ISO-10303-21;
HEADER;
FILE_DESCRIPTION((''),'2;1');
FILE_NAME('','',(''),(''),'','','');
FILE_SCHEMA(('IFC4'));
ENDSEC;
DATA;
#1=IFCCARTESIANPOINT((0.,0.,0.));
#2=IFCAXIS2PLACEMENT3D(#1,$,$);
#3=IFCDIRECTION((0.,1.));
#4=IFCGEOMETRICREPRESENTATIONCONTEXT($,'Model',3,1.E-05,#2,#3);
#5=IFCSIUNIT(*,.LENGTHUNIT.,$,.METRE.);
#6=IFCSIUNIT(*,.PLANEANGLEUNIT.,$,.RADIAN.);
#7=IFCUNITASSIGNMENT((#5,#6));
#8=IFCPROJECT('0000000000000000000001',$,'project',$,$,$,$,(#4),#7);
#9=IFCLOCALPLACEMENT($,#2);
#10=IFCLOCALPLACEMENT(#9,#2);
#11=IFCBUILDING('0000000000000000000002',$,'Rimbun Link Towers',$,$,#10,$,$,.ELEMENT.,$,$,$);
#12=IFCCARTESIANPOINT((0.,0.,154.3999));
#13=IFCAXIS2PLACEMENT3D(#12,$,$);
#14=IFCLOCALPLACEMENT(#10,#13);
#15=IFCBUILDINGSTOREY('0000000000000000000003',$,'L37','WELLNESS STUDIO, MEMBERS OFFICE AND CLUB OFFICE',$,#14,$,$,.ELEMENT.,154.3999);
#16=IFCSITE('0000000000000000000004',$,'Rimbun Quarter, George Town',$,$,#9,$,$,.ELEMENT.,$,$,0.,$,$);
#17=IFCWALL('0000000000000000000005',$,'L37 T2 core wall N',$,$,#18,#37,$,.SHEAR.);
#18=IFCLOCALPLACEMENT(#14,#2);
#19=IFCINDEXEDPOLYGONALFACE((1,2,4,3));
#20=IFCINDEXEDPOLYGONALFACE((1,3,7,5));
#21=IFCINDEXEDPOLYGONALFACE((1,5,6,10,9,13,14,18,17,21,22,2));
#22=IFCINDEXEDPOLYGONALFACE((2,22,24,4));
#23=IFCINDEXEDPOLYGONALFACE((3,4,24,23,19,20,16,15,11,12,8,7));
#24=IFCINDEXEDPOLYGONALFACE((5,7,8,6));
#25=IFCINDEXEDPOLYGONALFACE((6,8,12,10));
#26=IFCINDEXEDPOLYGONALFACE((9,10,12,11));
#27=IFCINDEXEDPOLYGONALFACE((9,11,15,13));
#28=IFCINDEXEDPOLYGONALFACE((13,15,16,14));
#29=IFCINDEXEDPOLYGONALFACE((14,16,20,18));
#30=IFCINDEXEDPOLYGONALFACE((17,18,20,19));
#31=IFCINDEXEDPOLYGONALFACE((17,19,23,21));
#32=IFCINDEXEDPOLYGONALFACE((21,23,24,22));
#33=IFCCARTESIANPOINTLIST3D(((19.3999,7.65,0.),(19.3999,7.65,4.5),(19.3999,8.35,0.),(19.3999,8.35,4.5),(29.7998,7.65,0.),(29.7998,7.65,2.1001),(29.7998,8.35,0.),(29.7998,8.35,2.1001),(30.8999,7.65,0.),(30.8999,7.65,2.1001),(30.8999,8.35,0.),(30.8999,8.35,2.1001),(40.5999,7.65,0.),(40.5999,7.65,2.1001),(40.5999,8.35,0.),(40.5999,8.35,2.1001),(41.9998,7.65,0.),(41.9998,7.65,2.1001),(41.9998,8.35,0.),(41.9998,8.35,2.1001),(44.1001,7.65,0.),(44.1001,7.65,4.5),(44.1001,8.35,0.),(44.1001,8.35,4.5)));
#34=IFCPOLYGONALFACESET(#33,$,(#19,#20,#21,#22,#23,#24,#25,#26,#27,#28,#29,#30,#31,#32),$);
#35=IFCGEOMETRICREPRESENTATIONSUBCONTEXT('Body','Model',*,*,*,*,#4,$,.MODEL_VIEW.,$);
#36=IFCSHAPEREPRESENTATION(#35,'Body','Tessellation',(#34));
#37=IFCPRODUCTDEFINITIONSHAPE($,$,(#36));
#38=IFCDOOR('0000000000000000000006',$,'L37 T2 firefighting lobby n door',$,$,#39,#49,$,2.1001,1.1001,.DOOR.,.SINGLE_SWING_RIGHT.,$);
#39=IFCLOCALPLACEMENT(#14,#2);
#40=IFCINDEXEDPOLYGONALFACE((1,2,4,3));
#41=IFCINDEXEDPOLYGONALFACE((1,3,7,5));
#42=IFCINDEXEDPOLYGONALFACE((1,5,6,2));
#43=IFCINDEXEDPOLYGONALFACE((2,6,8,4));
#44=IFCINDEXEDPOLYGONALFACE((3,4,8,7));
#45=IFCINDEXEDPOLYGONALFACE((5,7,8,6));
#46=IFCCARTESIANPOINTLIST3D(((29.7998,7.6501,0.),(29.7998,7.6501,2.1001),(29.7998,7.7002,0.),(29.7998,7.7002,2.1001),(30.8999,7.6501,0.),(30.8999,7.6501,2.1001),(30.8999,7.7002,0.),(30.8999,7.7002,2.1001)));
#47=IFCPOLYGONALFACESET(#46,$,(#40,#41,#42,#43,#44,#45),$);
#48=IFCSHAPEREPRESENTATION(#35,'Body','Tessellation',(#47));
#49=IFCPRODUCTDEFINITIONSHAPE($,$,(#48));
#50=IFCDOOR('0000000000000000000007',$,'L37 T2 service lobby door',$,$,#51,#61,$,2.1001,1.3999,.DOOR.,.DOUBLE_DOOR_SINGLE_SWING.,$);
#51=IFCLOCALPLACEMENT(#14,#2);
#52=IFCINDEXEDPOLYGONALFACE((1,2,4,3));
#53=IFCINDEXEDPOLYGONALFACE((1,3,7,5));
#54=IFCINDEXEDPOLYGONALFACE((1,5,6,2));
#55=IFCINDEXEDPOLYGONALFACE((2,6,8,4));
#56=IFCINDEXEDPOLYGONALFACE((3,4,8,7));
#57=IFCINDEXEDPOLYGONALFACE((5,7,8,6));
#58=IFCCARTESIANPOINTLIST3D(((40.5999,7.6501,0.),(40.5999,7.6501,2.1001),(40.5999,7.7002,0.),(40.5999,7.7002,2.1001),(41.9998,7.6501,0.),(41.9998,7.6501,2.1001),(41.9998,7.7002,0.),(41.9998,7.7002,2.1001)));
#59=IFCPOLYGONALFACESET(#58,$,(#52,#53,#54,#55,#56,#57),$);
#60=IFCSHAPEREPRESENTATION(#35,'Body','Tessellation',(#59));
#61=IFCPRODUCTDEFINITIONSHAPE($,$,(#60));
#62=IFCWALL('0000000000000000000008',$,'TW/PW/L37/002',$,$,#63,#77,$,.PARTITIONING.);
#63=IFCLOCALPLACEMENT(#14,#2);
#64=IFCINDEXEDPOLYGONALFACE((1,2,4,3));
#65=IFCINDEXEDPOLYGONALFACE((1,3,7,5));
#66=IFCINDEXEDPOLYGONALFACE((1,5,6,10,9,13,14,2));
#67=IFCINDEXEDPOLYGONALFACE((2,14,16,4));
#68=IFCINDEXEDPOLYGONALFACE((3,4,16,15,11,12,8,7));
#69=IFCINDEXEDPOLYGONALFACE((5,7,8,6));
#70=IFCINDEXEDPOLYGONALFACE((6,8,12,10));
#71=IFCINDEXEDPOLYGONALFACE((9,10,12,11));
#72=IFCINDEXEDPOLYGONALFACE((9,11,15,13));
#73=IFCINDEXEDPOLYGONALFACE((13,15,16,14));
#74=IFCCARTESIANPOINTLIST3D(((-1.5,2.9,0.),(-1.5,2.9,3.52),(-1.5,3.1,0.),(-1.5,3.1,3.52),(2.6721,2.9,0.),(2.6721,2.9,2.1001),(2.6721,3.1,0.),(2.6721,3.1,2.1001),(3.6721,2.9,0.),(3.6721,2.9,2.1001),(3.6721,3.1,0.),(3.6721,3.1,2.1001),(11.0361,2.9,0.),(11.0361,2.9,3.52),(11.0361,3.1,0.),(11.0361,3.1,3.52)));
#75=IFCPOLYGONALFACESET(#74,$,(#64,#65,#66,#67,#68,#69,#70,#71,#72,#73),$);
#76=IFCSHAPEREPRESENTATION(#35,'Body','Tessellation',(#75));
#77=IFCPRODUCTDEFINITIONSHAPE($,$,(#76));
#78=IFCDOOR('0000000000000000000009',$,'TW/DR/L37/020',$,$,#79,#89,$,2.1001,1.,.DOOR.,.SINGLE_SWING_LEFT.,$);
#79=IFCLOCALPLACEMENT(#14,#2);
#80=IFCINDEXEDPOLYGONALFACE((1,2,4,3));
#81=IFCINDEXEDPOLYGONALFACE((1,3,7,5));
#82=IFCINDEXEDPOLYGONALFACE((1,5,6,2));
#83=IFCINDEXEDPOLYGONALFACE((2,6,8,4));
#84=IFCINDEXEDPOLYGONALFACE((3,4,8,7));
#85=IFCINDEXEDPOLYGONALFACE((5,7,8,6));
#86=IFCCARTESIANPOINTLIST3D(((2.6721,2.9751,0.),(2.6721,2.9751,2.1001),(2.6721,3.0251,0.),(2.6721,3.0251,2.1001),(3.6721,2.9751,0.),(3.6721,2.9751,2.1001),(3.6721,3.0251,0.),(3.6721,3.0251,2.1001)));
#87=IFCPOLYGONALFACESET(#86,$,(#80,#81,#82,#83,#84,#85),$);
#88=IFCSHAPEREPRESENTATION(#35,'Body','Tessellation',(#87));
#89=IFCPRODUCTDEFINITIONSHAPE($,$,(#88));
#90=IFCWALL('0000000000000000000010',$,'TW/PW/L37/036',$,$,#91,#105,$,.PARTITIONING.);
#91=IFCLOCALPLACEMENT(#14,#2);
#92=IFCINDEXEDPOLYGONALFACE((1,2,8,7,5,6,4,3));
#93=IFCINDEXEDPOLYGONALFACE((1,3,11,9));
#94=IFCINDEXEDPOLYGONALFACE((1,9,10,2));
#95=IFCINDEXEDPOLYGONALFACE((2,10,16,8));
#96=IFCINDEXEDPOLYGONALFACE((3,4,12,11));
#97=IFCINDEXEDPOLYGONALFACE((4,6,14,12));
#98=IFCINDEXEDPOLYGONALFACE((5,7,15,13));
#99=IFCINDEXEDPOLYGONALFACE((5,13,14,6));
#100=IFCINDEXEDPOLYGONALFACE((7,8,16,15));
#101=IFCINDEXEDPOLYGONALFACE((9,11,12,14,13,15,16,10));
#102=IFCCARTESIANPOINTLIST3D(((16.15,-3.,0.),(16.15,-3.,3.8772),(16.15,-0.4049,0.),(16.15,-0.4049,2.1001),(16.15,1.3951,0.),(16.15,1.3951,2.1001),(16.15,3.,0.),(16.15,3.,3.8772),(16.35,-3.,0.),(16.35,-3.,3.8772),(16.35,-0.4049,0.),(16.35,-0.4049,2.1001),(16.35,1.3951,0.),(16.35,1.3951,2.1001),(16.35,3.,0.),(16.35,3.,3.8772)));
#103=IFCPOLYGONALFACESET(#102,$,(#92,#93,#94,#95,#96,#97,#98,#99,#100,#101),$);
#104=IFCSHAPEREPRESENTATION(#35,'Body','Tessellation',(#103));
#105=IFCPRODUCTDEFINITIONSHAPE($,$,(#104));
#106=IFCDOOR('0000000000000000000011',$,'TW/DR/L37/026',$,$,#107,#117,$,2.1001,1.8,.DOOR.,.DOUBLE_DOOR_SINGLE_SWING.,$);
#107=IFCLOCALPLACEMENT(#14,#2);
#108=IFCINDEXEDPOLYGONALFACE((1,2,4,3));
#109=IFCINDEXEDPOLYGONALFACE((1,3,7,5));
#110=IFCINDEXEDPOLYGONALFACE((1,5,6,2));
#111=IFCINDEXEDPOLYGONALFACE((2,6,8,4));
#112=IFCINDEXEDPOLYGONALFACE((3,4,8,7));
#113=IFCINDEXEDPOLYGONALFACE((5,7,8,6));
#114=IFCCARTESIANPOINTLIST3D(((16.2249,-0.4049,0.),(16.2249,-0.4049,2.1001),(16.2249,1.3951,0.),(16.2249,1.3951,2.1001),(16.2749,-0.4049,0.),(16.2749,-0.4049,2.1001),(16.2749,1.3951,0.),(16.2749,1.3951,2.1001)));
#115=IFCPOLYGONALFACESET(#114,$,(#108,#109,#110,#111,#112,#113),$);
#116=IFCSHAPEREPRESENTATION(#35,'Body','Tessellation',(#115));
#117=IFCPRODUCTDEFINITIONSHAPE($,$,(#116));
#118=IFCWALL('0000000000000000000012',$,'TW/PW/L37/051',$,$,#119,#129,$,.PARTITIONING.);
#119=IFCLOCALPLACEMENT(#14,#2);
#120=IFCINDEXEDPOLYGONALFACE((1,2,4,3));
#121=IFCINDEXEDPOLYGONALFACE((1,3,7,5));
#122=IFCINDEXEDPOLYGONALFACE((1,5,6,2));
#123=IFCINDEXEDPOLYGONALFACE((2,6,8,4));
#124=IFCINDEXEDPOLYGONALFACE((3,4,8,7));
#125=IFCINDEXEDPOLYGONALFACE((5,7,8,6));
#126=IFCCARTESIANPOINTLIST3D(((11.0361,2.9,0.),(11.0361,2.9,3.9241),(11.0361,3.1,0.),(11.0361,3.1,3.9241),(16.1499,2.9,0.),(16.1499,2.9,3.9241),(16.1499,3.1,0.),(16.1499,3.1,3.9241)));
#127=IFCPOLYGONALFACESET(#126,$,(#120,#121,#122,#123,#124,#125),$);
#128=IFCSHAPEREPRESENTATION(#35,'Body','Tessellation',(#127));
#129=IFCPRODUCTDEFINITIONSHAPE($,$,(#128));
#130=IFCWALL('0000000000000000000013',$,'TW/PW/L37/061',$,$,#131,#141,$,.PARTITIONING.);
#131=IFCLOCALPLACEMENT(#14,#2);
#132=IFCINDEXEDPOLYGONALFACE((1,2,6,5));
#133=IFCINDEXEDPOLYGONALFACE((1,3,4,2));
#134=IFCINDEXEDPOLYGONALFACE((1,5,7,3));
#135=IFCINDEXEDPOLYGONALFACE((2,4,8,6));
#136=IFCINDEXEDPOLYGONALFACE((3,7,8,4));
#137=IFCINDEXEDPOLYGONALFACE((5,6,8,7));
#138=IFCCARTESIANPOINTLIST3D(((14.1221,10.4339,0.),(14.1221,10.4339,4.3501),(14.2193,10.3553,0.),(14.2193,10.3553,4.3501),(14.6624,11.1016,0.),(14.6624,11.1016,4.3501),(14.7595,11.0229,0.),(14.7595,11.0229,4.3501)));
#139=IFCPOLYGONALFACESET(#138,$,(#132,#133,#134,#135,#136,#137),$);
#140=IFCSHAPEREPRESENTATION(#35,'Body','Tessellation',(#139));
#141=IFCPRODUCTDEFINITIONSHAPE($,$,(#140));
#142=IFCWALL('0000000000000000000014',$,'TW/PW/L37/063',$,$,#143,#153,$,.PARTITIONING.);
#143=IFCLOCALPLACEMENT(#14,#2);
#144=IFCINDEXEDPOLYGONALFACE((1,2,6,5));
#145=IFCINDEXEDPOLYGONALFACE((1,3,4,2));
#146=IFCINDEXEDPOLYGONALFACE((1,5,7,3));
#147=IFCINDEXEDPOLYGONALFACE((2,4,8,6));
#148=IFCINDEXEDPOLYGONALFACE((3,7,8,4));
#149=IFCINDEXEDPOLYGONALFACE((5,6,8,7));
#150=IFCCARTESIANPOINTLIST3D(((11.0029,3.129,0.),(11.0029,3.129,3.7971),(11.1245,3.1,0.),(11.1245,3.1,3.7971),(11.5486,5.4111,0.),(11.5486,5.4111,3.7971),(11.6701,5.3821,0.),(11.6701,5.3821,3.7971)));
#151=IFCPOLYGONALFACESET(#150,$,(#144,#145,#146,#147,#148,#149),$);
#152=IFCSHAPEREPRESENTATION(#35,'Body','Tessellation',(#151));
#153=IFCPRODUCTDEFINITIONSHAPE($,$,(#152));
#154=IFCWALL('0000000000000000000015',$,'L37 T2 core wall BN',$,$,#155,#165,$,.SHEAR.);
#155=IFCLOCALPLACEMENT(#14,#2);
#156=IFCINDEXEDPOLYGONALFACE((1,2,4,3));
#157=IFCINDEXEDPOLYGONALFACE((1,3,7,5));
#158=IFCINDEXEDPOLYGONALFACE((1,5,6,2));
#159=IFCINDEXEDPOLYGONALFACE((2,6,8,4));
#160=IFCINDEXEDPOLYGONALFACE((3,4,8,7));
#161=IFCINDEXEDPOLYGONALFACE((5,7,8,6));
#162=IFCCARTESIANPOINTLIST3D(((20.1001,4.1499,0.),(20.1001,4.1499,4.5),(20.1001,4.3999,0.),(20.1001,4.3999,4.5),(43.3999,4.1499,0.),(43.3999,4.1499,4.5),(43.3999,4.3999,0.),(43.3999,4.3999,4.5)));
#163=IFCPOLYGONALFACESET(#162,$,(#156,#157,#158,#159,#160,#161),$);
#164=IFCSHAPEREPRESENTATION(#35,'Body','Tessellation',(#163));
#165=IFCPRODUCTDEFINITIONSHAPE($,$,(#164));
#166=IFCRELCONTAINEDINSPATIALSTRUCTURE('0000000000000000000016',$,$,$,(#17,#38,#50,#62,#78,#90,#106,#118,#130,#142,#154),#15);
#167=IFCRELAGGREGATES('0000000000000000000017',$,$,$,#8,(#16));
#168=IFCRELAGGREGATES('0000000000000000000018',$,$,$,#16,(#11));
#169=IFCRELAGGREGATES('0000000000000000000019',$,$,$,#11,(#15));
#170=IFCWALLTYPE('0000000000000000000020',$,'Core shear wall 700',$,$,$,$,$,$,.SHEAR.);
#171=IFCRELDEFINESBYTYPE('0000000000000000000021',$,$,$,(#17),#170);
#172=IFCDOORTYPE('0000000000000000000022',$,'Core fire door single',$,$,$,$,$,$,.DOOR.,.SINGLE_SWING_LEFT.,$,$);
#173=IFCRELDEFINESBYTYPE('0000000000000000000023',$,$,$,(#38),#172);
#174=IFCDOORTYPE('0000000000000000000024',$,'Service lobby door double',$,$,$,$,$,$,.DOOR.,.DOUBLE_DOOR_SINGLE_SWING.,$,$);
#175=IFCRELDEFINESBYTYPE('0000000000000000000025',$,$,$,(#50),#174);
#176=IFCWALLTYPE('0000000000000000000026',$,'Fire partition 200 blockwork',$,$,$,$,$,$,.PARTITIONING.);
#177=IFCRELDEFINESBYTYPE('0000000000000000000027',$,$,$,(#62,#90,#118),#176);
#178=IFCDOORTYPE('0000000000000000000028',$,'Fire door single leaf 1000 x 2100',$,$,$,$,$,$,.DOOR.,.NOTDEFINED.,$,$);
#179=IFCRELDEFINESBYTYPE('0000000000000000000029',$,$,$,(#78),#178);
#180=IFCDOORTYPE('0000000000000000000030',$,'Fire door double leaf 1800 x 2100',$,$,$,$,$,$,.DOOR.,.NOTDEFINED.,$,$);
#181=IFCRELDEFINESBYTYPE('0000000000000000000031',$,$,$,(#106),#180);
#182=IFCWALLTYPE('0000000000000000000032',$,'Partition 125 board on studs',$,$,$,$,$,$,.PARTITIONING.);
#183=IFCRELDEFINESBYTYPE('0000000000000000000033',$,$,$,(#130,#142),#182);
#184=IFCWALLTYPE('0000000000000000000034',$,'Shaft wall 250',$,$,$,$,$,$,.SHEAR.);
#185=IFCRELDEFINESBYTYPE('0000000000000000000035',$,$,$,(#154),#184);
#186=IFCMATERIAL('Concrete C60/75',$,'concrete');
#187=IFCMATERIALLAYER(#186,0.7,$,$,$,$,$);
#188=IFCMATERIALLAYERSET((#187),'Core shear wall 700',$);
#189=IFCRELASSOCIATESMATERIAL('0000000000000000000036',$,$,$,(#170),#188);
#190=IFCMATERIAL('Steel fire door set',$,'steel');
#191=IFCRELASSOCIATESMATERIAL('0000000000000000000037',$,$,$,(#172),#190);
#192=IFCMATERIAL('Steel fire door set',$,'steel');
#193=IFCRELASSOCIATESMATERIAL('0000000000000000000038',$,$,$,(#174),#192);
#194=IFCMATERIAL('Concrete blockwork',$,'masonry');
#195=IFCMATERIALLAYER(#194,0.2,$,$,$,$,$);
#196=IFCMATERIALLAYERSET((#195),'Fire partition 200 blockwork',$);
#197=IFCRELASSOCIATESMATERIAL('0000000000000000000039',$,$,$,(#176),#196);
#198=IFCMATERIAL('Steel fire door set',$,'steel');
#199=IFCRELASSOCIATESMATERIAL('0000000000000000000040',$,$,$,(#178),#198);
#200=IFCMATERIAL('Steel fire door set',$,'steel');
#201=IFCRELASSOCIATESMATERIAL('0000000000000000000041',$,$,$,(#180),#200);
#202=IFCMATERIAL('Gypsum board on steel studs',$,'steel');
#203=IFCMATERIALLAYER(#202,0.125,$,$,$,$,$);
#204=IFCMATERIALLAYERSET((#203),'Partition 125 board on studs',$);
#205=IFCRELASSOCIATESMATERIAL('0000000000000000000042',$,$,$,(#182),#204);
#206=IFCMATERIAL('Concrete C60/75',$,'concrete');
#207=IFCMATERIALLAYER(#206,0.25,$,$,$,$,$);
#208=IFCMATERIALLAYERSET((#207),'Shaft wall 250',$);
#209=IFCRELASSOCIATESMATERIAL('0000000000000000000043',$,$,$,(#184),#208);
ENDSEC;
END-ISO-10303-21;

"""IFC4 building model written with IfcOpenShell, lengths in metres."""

from ifc_helpers import new_model, si_unit, direction, frame, frame_2d, origin, place, context, subcontext, project, spatial, rectangle, extrude, material, layer, layer_set, type_object, element, fill, save


model = new_model("IFC4")

# Units and contexts
model_context = context("Model", 3, precision=1e-05, world=origin(), true_north=direction((0.0, 1.0)))
body_context = subcontext(model_context, "Body", "Model", "MODEL_VIEW")
ifc_project = project(units=[si_unit("LENGTHUNIT", "METRE"), si_unit("PLANEANGLEUNIT", "RADIAN")], contexts=[model_context])

# Site, building, storey
site_placement = place(None, origin())
site = spatial("IfcSite", under=ifc_project, at=site_placement, Name="Rimbun Quarter, George Town", CompositionType="ELEMENT", RefElevation=0.0)
building_placement = place(site_placement, origin())
building = spatial("IfcBuilding", under=site, at=building_placement, Name="Rimbun Link Towers", CompositionType="ELEMENT")
storey_placement = place(building_placement, frame((0.0, 0.0, 154.3999)))
storey = spatial("IfcBuildingStorey", under=building, at=storey_placement, Name="L37", Description="WELLNESS STUDIO, MEMBERS OFFICE AND CLUB OFFICE", CompositionType="ELEMENT", Elevation=154.3999)

# Wall, openings, doors
ifc_material_1 = material(Name="Concrete C60/75", Category="concrete")
ifc_layer_1 = layer(ifc_material_1, 0.7)
ifc_layer_set_1 = layer_set([ifc_layer_1], Name="Core shear wall 700")
wall_type_1 = type_object("IfcWallType", Name="Core shear wall 700", PredefinedType="SHEAR", material=ifc_layer_set_1)
wall_1_placement = place(storey_placement, frame((19.3999, 8.0, 0.0), z_axis=(0.0, 0.0, 1.0), x_axis=(1.0, 0.0, 0.0)))
wall_1 = element("IfcWall", 1, at=wall_1_placement, inside=storey, type_object=wall_type_1, Name="L37 T2 core wall N", PredefinedType="SHEAR", context=body_context, shape_type="SweptSolid", body=[
    extrude(rectangle(XDim=24.7002, YDim=0.7, at=frame_2d((12.3501, 0.0))), origin(), (0.0, 0.0, 1.0), 4.5),
])
opening_1_placement = place(wall_1_placement, frame((10.3999, 0.0, 0.0)))
opening_1 = element("IfcOpeningElement", 2, at=opening_1_placement, cuts=wall_1, PredefinedType="OPENING", context=body_context, shape_type="SweptSolid", body=[
    extrude(rectangle(XDim=1.1001, YDim=2.1001, at=frame_2d((0.55, 1.05))), frame((0.0, 0.3599, 0.0), z_axis=(0.0, -1.0, 0.0), x_axis=(1.0, 0.0, 0.0)), (0.0, 0.0, 1.0), 0.72),
])
opening_2_placement = place(wall_1_placement, frame((21.2, 0.0, 0.0)))
opening_2 = element("IfcOpeningElement", 3, at=opening_2_placement, cuts=wall_1, PredefinedType="OPENING", context=body_context, shape_type="SweptSolid", body=[
    extrude(rectangle(XDim=1.3999, YDim=2.1001, at=frame_2d((0.7, 1.05))), frame((0.0, 0.3599, 0.0), z_axis=(0.0, -1.0, 0.0), x_axis=(1.0, 0.0, 0.0)), (0.0, 0.0, 1.0), 0.72),
])
ifc_material_2 = material(Name="Steel fire door set", Category="steel")
door_type_1 = type_object("IfcDoorType", Name="Core fire door single", OperationType="SINGLE_SWING_LEFT", PredefinedType="DOOR", material=ifc_material_2)
door_1_placement = place(opening_1_placement, origin())
door_1 = element("IfcDoor", 4, at=door_1_placement, inside=storey, type_object=door_type_1, Name="L37 T2 firefighting lobby n door", OperationType="SINGLE_SWING_RIGHT", OverallHeight=2.1001, OverallWidth=1.1001, PredefinedType="DOOR", context=body_context, shape_type="SweptSolid", body=[
    extrude(rectangle(XDim=1.1001, YDim=2.1001, at=frame_2d((0.55, 1.05))), frame((0.0, -0.2998, 0.0), z_axis=(0.0, -1.0, 0.0), x_axis=(1.0, 0.0, 0.0)), (0.0, 0.0, 1.0), 0.05),
])
fill(opening_1, door_1)
ifc_material_3 = material(Name="Steel fire door set", Category="steel")
door_type_2 = type_object("IfcDoorType", Name="Service lobby door double", OperationType="DOUBLE_DOOR_SINGLE_SWING", PredefinedType="DOOR", material=ifc_material_3)
door_2_placement = place(opening_2_placement, origin())
door_2 = element("IfcDoor", 5, at=door_2_placement, inside=storey, type_object=door_type_2, Name="L37 T2 service lobby door", OperationType="DOUBLE_DOOR_SINGLE_SWING", OverallHeight=2.1001, OverallWidth=1.3999, PredefinedType="DOOR", context=body_context, shape_type="SweptSolid", body=[
    extrude(rectangle(XDim=1.3999, YDim=2.1001, at=frame_2d((0.7, 1.05))), frame((0.0, -0.2998, 0.0), z_axis=(0.0, -1.0, 0.0), x_axis=(1.0, 0.0, 0.0)), (0.0, 0.0, 1.0), 0.05),
])
fill(opening_2, door_2)

# Walls, openings, doors
ifc_material_4 = material(Name="Concrete blockwork", Category="masonry")
ifc_layer_2 = layer(ifc_material_4, 0.2)
ifc_layer_set_2 = layer_set([ifc_layer_2], Name="Fire partition 200 blockwork")
wall_type_2 = type_object("IfcWallType", Name="Fire partition 200 blockwork", PredefinedType="PARTITIONING", material=ifc_layer_set_2)
wall_2_placement = place(storey_placement, frame((11.0361, 3.0, 0.0), z_axis=(0.0, 0.0, 1.0), x_axis=(-1.0, 0.0, 0.0)))
wall_2 = element("IfcWall", 6, at=wall_2_placement, inside=storey, type_object=wall_type_2, Name="TW/PW/L37/002", PredefinedType="PARTITIONING", context=body_context, shape_type="SweptSolid", body=[
    extrude(rectangle(XDim=12.5361, YDim=0.2, at=frame_2d((6.2681, 0.0))), origin(), (0.0, 0.0, 1.0), 3.52),
])
opening_3_placement = place(wall_2_placement, frame((7.364, 0.0, 0.0)))
opening_3 = element("IfcOpeningElement", 7, at=opening_3_placement, cuts=wall_2, PredefinedType="OPENING", context=body_context, shape_type="SweptSolid", body=[
    extrude(rectangle(XDim=1.0, YDim=2.1001, at=frame_2d((0.5, 1.05))), frame((0.0, 0.1099, 0.0), z_axis=(0.0, -1.0, 0.0), x_axis=(1.0, 0.0, 0.0)), (0.0, 0.0, 1.0), 0.22),
])
ifc_material_5 = material(Name="Steel fire door set", Category="steel")
door_type_3 = type_object("IfcDoorType", Name="Fire door single leaf 1000 x 2100", OperationType="NOTDEFINED", PredefinedType="DOOR", material=ifc_material_5)
door_3_placement = place(opening_3_placement, origin())
door_3 = element("IfcDoor", 8, at=door_3_placement, inside=storey, type_object=door_type_3, Name="TW/DR/L37/020", OperationType="SINGLE_SWING_LEFT", OverallHeight=2.1001, OverallWidth=1.0, PredefinedType="DOOR", context=body_context, shape_type="SweptSolid", body=[
    extrude(rectangle(XDim=1.0, YDim=2.1001, at=frame_2d((0.5, 1.05))), frame((0.0, 0.0249, 0.0), z_axis=(0.0, -1.0, 0.0), x_axis=(1.0, 0.0, 0.0)), (0.0, 0.0, 1.0), 0.05),
])
fill(opening_3, door_3)
wall_3_placement = place(storey_placement, frame((16.25, 3.0, 0.0), z_axis=(0.0, 0.0, 1.0), x_axis=(0.0, -1.0, 0.0)))
wall_3 = element("IfcWall", 9, at=wall_3_placement, inside=storey, type_object=wall_type_2, Name="TW/PW/L37/036", PredefinedType="PARTITIONING", context=body_context, shape_type="SweptSolid", body=[
    extrude(rectangle(XDim=6.0, YDim=0.2, at=frame_2d((3.0, 0.0))), origin(), (0.0, 0.0, 1.0), 3.8772),
])
opening_4_placement = place(wall_3_placement, frame((1.605, 0.0, 0.0)))
opening_4 = element("IfcOpeningElement", 10, at=opening_4_placement, cuts=wall_3, PredefinedType="OPENING", context=body_context, shape_type="SweptSolid", body=[
    extrude(rectangle(XDim=1.8, YDim=2.1001, at=frame_2d((0.8999, 1.05))), frame((0.0, 0.1099, 0.0), z_axis=(0.0, -1.0, 0.0), x_axis=(1.0, 0.0, 0.0)), (0.0, 0.0, 1.0), 0.22),
])
ifc_material_6 = material(Name="Steel fire door set", Category="steel")
door_type_4 = type_object("IfcDoorType", Name="Fire door double leaf 1800 x 2100", OperationType="NOTDEFINED", PredefinedType="DOOR", material=ifc_material_6)
door_4_placement = place(opening_4_placement, origin())
door_4 = element("IfcDoor", 11, at=door_4_placement, inside=storey, type_object=door_type_4, Name="TW/DR/L37/026", OperationType="DOUBLE_DOOR_SINGLE_SWING", OverallHeight=2.1001, OverallWidth=1.8, PredefinedType="DOOR", context=body_context, shape_type="SweptSolid", body=[
    extrude(rectangle(XDim=1.8, YDim=2.1001, at=frame_2d((0.8999, 1.05))), frame((0.0, 0.0249, 0.0), z_axis=(0.0, -1.0, 0.0), x_axis=(1.0, 0.0, 0.0)), (0.0, 0.0, 1.0), 0.05),
])
fill(opening_4, door_4)

# Walls
wall_4_placement = place(storey_placement, frame((16.1499, 3.0, 0.0), z_axis=(0.0, 0.0, 1.0), x_axis=(-1.0, 0.0, 0.0)))
element("IfcWall", 12, at=wall_4_placement, inside=storey, type_object=wall_type_2, Name="TW/PW/L37/051", PredefinedType="PARTITIONING", context=body_context, shape_type="SweptSolid", body=[
    extrude(rectangle(XDim=5.1138, YDim=0.2, at=frame_2d((2.5569, 0.0))), origin(), (0.0, 0.0, 1.0), 3.9241),
])
ifc_material_7 = material(Name="Gypsum board on steel studs", Category="steel")
ifc_layer_3 = layer(ifc_material_7, 0.125)
ifc_layer_set_3 = layer_set([ifc_layer_3], Name="Partition 125 board on studs")
wall_type_3 = type_object("IfcWallType", Name="Partition 125 board on studs", PredefinedType="PARTITIONING", material=ifc_layer_set_3)
wall_5_placement = place(storey_placement, frame((14.7109, 11.0623, 0.0), z_axis=(0.0, 0.0, 1.0), x_axis=(-0.629018, -0.77739, 0.0)))
element("IfcWall", 13, at=wall_5_placement, inside=storey, type_object=wall_type_3, Name="TW/PW/L37/061", PredefinedType="PARTITIONING", context=body_context, shape_type="SweptSolid", body=[
    extrude(rectangle(XDim=0.8589, YDim=0.125, at=frame_2d((0.4294, 0.0))), origin(), (0.0, 0.0, 1.0), 4.3501),
])
wall_6_placement = place(storey_placement, frame((11.6094, 5.3967, 0.0), z_axis=(0.0, 0.0, 1.0), x_axis=(-0.232535, -0.972588, 0.0)))
element("IfcWall", 14, at=wall_6_placement, inside=storey, type_object=wall_type_3, Name="TW/PW/L37/063", PredefinedType="PARTITIONING", context=body_context, shape_type="SweptSolid", body=[
    extrude(rectangle(XDim=2.3464, YDim=0.125, at=frame_2d((1.1733, 0.0))), origin(), (0.0, 0.0, 1.0), 3.7971),
])
ifc_material_8 = material(Name="Concrete C60/75", Category="concrete")
ifc_layer_4 = layer(ifc_material_8, 0.25)
ifc_layer_set_4 = layer_set([ifc_layer_4], Name="Shaft wall 250")
wall_type_4 = type_object("IfcWallType", Name="Shaft wall 250", PredefinedType="SHEAR", material=ifc_layer_set_4)
wall_7_placement = place(storey_placement, frame((20.1001, 4.2749, 0.0), z_axis=(0.0, 0.0, 1.0), x_axis=(1.0, 0.0, 0.0)))
element("IfcWall", 15, at=wall_7_placement, inside=storey, type_object=wall_type_4, Name="L37 T2 core wall BN", PredefinedType="SHEAR", context=body_context, shape_type="SweptSolid", body=[
    extrude(rectangle(XDim=23.2998, YDim=0.25, at=frame_2d((11.6499, 0.0))), origin(), (0.0, 0.0, 1.0), 4.5),
])

save(model, "model.ifc")
